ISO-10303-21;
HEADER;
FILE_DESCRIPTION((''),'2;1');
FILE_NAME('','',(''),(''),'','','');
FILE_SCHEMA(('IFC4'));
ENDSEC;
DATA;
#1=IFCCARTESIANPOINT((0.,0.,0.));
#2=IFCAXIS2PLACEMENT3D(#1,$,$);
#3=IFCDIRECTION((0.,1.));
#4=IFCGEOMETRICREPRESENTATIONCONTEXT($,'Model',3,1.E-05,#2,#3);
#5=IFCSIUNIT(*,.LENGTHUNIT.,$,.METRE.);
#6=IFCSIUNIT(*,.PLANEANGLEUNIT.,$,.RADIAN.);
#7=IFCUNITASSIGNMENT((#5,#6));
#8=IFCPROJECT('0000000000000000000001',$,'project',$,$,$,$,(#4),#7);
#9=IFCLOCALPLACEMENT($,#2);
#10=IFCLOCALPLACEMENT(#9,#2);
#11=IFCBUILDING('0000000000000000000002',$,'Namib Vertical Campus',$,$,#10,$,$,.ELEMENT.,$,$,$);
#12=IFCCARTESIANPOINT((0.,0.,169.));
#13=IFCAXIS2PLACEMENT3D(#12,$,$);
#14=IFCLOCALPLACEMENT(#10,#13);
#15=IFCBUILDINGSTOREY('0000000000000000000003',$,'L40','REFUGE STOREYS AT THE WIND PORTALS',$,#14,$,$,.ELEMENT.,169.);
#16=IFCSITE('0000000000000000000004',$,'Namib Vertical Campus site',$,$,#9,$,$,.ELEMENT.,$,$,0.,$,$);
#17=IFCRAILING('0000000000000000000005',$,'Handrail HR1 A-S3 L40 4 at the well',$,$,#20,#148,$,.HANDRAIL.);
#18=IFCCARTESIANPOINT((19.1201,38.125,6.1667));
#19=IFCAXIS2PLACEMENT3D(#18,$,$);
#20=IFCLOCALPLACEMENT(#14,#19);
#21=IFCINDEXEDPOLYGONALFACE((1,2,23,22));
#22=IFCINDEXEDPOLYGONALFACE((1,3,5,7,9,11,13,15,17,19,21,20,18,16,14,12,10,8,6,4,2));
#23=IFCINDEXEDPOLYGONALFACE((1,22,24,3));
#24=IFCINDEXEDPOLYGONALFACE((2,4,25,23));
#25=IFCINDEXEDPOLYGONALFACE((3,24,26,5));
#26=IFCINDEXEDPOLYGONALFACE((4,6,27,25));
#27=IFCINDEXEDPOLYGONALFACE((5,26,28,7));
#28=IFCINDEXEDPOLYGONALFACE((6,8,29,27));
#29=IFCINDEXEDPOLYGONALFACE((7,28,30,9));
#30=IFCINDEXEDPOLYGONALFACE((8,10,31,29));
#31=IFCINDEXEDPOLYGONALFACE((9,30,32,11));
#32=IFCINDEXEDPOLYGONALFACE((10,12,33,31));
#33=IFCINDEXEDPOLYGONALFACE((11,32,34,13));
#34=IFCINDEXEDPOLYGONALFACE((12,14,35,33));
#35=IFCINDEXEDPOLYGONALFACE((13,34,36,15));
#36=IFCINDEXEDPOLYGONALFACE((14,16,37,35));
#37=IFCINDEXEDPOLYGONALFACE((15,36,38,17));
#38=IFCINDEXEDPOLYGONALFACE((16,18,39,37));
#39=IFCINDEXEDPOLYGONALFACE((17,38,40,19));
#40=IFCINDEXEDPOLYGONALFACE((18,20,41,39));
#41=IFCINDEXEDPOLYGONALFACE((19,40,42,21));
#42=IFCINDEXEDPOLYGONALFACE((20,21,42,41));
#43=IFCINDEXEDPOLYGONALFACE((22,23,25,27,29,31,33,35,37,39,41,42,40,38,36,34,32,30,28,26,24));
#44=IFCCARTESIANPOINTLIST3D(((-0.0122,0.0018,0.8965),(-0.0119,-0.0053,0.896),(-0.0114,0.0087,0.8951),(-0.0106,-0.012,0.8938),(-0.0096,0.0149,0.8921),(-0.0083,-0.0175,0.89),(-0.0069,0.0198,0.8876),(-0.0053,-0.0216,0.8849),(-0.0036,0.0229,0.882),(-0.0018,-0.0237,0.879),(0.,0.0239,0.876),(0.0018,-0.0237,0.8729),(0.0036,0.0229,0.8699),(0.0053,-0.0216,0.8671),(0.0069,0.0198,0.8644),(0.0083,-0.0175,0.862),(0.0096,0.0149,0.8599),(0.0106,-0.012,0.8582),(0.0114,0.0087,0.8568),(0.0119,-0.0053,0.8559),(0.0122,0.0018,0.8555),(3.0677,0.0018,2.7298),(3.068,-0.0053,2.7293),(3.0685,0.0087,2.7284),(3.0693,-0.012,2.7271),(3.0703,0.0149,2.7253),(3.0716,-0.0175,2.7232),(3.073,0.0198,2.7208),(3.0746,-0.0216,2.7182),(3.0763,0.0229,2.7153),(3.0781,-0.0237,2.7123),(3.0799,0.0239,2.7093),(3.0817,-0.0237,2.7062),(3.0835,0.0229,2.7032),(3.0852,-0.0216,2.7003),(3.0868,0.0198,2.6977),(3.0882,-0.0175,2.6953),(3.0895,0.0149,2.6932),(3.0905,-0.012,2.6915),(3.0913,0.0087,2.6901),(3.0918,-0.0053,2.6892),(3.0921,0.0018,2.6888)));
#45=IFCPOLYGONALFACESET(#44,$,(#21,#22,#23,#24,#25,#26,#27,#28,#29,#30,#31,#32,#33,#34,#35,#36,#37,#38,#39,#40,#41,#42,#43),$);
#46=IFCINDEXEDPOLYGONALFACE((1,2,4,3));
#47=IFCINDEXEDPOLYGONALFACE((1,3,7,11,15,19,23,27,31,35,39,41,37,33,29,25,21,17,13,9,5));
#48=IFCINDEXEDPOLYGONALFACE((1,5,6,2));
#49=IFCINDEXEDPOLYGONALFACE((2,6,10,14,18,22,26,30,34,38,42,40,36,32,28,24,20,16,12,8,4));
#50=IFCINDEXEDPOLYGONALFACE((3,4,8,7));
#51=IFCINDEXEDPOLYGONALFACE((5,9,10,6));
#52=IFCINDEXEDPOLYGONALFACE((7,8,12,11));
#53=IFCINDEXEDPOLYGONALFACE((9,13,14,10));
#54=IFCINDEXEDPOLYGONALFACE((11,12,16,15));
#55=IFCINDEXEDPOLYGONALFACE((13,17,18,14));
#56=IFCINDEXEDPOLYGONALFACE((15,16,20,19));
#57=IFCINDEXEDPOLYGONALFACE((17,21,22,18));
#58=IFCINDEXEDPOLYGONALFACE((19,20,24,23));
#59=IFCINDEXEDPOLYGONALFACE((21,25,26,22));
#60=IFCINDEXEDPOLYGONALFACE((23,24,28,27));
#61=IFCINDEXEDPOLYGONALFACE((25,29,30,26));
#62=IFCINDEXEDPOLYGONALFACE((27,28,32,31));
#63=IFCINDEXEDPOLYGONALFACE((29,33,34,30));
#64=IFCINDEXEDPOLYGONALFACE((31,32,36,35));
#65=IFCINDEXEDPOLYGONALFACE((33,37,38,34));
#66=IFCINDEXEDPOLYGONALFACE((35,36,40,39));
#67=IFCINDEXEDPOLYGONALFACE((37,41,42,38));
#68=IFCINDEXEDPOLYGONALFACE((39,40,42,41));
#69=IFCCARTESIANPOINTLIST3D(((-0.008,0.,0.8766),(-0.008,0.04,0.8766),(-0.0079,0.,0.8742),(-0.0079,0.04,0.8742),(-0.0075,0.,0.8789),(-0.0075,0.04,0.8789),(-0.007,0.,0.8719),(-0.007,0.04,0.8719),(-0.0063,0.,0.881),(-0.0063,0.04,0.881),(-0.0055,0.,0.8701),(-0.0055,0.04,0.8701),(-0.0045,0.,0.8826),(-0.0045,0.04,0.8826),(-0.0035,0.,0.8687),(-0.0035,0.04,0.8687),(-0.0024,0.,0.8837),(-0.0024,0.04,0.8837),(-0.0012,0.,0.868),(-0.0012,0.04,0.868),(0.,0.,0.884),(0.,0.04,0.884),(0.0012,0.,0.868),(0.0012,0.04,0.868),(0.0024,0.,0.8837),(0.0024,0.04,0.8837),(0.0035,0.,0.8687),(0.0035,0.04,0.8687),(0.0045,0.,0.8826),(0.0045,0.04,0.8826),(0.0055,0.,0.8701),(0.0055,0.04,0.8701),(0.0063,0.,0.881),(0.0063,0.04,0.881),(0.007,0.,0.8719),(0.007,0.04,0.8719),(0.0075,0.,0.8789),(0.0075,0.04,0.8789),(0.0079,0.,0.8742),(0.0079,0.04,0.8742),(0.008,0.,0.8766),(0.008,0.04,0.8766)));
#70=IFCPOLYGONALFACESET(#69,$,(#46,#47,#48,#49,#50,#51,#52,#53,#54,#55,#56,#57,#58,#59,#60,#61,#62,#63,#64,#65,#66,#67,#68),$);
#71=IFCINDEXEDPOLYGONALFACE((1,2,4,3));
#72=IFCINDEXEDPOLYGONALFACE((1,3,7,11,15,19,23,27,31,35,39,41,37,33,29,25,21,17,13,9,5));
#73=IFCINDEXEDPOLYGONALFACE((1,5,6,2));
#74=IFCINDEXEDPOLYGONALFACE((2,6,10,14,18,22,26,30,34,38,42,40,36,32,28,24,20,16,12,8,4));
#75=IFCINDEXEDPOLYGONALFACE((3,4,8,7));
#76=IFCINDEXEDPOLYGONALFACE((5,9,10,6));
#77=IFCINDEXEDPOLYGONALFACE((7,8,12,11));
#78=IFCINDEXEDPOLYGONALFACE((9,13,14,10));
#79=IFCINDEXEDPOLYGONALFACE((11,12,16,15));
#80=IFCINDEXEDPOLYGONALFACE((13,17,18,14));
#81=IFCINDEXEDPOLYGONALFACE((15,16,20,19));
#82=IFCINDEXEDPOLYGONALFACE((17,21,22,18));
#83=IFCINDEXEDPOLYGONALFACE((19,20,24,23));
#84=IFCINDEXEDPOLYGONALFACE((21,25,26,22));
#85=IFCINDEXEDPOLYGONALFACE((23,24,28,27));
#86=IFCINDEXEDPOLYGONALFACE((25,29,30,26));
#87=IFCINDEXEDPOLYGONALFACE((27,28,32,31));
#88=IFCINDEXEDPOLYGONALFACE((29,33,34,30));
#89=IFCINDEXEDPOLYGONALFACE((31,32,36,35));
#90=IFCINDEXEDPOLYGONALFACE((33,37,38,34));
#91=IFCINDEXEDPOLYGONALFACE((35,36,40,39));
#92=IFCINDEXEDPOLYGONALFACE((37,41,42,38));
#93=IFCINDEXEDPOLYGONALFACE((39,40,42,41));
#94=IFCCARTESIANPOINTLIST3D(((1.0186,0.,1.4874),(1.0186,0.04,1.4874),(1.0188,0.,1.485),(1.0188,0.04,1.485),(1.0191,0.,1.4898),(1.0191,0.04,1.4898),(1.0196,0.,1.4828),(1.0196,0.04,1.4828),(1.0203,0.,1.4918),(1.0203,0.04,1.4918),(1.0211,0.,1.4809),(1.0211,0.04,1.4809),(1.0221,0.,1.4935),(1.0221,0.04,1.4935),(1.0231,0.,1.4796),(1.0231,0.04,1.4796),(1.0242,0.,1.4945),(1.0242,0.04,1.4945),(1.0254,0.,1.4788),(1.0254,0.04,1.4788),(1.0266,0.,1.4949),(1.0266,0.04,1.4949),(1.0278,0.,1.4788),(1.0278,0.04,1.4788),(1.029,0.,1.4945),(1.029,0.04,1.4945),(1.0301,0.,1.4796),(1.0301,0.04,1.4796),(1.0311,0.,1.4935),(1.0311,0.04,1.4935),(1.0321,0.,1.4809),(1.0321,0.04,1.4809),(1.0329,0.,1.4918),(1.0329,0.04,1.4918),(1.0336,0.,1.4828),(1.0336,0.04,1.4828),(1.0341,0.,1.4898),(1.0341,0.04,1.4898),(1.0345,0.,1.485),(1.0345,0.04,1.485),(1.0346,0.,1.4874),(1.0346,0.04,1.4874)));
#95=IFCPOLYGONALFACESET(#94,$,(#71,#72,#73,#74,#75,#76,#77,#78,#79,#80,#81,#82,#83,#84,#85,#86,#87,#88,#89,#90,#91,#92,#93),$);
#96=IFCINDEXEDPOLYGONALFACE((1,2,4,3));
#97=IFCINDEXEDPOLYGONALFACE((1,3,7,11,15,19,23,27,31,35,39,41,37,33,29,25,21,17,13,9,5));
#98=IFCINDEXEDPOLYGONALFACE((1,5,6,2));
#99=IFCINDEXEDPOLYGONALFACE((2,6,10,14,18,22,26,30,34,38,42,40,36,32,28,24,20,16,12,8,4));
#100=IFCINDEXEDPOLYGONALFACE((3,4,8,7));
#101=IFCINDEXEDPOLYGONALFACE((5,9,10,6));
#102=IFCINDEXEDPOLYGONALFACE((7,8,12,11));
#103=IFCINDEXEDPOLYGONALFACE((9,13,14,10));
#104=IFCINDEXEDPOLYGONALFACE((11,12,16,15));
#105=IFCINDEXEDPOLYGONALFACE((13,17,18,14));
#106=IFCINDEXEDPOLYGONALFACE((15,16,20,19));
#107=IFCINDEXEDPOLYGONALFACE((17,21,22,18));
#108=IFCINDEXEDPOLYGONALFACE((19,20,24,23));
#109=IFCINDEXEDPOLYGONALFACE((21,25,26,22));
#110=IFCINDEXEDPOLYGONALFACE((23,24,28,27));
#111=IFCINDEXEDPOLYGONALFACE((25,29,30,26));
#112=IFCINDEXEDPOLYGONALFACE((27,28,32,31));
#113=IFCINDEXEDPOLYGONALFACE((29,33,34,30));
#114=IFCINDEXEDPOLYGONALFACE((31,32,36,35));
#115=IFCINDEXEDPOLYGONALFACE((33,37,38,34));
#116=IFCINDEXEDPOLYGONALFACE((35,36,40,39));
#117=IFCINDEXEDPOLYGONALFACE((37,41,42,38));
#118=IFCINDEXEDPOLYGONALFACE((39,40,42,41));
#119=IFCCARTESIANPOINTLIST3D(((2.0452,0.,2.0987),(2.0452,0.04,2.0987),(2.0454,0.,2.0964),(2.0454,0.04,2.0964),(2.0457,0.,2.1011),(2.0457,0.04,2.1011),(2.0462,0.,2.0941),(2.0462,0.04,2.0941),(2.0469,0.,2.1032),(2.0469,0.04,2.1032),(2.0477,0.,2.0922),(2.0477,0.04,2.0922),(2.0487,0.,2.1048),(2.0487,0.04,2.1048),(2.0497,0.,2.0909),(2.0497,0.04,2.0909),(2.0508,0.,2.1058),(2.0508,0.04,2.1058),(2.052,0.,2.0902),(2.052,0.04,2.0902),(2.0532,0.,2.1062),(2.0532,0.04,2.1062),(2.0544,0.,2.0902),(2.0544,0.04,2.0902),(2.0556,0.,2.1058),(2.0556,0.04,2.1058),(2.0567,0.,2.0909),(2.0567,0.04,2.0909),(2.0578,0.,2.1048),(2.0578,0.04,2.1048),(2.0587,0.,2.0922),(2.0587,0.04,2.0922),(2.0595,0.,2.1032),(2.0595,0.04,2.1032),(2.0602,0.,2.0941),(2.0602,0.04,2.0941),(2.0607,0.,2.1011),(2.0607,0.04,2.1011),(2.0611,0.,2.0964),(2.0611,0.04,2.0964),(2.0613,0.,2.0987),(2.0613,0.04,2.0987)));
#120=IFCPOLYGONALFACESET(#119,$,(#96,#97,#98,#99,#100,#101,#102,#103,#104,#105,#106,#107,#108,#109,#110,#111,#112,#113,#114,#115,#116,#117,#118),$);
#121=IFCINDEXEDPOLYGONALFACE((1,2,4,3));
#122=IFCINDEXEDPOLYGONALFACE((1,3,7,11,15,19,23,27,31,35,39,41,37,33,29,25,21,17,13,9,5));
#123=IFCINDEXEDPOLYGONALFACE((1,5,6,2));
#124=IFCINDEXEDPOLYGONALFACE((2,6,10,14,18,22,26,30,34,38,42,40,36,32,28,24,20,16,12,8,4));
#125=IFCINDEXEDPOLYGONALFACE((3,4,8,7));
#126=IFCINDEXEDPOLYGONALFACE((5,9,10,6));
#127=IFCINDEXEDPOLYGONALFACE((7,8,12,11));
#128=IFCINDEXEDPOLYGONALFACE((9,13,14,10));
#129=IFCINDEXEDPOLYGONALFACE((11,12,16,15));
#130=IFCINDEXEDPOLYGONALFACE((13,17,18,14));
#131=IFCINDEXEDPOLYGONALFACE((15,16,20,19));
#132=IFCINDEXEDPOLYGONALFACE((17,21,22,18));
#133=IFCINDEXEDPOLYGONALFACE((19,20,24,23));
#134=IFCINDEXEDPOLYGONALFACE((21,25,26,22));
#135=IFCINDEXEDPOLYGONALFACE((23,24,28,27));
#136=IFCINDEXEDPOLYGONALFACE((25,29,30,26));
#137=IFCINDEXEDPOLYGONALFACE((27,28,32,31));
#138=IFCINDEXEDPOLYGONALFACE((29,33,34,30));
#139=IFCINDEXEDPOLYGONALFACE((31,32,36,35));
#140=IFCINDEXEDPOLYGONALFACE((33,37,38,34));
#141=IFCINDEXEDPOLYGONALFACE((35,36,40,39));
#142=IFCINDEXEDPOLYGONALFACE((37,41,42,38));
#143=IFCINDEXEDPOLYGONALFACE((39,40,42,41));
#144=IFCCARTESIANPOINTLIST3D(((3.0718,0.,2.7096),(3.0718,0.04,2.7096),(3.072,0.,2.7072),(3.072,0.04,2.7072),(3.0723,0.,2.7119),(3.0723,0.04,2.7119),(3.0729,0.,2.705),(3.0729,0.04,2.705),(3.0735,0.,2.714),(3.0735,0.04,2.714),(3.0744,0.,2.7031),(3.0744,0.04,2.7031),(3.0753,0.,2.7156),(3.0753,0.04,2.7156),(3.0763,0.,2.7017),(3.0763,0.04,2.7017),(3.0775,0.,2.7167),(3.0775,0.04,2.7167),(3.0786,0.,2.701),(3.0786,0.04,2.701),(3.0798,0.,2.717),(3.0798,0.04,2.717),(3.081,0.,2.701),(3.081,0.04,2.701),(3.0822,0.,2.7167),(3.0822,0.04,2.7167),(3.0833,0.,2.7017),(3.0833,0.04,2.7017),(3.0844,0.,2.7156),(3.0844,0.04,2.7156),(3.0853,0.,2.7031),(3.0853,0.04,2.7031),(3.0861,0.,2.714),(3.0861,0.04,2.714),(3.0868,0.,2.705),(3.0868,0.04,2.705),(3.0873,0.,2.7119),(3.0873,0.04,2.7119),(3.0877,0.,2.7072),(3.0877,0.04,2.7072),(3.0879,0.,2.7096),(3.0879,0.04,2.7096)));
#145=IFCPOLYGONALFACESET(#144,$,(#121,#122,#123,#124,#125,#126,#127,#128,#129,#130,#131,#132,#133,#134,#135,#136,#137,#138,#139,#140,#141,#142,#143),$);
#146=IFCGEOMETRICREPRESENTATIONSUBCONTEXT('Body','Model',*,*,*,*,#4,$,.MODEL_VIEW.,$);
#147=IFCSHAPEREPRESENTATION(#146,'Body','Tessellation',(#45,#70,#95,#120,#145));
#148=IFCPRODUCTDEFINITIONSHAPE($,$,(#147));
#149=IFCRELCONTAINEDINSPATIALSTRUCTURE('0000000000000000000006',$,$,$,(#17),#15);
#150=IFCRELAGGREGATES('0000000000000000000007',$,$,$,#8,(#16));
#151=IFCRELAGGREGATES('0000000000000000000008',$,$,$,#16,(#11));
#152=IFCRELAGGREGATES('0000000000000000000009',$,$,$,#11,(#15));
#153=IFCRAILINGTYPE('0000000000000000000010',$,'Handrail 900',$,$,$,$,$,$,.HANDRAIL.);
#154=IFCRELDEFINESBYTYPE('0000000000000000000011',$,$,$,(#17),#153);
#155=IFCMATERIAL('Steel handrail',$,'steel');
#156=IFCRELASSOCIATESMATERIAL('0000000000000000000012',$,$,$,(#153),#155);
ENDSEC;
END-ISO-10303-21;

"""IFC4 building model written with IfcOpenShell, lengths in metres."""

from ifc_helpers import new_model, si_unit, direction, frame, origin, origin_2d, place, context, subcontext, project, spatial, circle, extrude, material, type_object, element, save


model = new_model("IFC4")

# Units and contexts
model_context = context("Model", 3, precision=1e-05, world=origin(), true_north=direction((0.0, 1.0)))
body_context = subcontext(model_context, "Body", "Model", "MODEL_VIEW")
ifc_project = project(units=[si_unit("LENGTHUNIT", "METRE"), si_unit("PLANEANGLEUNIT", "RADIAN")], contexts=[model_context])

# Site, building, storey
site_placement = place(None, origin())
site = spatial("IfcSite", under=ifc_project, at=site_placement, Name="Namib Vertical Campus site", CompositionType="ELEMENT", RefElevation=0.0)
building_placement = place(site_placement, origin())
building = spatial("IfcBuilding", under=site, at=building_placement, Name="Namib Vertical Campus", CompositionType="ELEMENT")
storey_placement = place(building_placement, frame((0.0, 0.0, 169.0)))
storey = spatial("IfcBuildingStorey", under=building, at=storey_placement, Name="L40", Description="REFUGE STOREYS AT THE WIND PORTALS", CompositionType="ELEMENT", Elevation=169.0)

# Railing
ifc_material_1 = material(Name="Steel handrail", Category="steel")
railing_type_1 = type_object("IfcRailingType", Name="Handrail 900", PredefinedType="HANDRAIL", material=ifc_material_1)
railing_1_placement = place(storey_placement, frame((19.1201, 38.125, 6.1667)))
element("IfcRailing", 1, at=railing_1_placement, inside=storey, type_object=railing_type_1, Name="Handrail HR1 A-S3 L40 4 at the well", PredefinedType="HANDRAIL", context=body_context, shape_type="SweptSolid", body=[
    extrude(circle(Radius=0.0239, at=origin_2d()), frame((0.0, 0.0, 0.876), z_axis=(0.859291, 0.0, 0.511487), x_axis=(0.0, 1.0, 0.0)), (0.0, 0.0, 1.0), 3.5842),
    extrude(circle(Radius=0.0081, at=origin_2d()), frame((0.0, 0.0, 0.876), z_axis=(0.0, 1.0, 0.0), x_axis=(0.0, 0.0, 1.0)), (0.0, 0.0, 1.0), 0.04),
    extrude(circle(Radius=0.0081, at=origin_2d()), frame((1.0266, 0.0, 1.4868), z_axis=(0.0, 1.0, 0.0), x_axis=(0.0, 0.0, 1.0)), (0.0, 0.0, 1.0), 0.04),
    extrude(circle(Radius=0.0081, at=origin_2d()), frame((2.0532, 0.0, 2.0981), z_axis=(0.0, 1.0, 0.0), x_axis=(0.0, 0.0, 1.0)), (0.0, 0.0, 1.0), 0.04),
    extrude(circle(Radius=0.0081, at=origin_2d()), frame((3.0798, 0.0, 2.709), z_axis=(0.0, 1.0, 0.0), x_axis=(0.0, 0.0, 1.0)), (0.0, 0.0, 1.0), 0.04),
])

save(model, "model.ifc")
